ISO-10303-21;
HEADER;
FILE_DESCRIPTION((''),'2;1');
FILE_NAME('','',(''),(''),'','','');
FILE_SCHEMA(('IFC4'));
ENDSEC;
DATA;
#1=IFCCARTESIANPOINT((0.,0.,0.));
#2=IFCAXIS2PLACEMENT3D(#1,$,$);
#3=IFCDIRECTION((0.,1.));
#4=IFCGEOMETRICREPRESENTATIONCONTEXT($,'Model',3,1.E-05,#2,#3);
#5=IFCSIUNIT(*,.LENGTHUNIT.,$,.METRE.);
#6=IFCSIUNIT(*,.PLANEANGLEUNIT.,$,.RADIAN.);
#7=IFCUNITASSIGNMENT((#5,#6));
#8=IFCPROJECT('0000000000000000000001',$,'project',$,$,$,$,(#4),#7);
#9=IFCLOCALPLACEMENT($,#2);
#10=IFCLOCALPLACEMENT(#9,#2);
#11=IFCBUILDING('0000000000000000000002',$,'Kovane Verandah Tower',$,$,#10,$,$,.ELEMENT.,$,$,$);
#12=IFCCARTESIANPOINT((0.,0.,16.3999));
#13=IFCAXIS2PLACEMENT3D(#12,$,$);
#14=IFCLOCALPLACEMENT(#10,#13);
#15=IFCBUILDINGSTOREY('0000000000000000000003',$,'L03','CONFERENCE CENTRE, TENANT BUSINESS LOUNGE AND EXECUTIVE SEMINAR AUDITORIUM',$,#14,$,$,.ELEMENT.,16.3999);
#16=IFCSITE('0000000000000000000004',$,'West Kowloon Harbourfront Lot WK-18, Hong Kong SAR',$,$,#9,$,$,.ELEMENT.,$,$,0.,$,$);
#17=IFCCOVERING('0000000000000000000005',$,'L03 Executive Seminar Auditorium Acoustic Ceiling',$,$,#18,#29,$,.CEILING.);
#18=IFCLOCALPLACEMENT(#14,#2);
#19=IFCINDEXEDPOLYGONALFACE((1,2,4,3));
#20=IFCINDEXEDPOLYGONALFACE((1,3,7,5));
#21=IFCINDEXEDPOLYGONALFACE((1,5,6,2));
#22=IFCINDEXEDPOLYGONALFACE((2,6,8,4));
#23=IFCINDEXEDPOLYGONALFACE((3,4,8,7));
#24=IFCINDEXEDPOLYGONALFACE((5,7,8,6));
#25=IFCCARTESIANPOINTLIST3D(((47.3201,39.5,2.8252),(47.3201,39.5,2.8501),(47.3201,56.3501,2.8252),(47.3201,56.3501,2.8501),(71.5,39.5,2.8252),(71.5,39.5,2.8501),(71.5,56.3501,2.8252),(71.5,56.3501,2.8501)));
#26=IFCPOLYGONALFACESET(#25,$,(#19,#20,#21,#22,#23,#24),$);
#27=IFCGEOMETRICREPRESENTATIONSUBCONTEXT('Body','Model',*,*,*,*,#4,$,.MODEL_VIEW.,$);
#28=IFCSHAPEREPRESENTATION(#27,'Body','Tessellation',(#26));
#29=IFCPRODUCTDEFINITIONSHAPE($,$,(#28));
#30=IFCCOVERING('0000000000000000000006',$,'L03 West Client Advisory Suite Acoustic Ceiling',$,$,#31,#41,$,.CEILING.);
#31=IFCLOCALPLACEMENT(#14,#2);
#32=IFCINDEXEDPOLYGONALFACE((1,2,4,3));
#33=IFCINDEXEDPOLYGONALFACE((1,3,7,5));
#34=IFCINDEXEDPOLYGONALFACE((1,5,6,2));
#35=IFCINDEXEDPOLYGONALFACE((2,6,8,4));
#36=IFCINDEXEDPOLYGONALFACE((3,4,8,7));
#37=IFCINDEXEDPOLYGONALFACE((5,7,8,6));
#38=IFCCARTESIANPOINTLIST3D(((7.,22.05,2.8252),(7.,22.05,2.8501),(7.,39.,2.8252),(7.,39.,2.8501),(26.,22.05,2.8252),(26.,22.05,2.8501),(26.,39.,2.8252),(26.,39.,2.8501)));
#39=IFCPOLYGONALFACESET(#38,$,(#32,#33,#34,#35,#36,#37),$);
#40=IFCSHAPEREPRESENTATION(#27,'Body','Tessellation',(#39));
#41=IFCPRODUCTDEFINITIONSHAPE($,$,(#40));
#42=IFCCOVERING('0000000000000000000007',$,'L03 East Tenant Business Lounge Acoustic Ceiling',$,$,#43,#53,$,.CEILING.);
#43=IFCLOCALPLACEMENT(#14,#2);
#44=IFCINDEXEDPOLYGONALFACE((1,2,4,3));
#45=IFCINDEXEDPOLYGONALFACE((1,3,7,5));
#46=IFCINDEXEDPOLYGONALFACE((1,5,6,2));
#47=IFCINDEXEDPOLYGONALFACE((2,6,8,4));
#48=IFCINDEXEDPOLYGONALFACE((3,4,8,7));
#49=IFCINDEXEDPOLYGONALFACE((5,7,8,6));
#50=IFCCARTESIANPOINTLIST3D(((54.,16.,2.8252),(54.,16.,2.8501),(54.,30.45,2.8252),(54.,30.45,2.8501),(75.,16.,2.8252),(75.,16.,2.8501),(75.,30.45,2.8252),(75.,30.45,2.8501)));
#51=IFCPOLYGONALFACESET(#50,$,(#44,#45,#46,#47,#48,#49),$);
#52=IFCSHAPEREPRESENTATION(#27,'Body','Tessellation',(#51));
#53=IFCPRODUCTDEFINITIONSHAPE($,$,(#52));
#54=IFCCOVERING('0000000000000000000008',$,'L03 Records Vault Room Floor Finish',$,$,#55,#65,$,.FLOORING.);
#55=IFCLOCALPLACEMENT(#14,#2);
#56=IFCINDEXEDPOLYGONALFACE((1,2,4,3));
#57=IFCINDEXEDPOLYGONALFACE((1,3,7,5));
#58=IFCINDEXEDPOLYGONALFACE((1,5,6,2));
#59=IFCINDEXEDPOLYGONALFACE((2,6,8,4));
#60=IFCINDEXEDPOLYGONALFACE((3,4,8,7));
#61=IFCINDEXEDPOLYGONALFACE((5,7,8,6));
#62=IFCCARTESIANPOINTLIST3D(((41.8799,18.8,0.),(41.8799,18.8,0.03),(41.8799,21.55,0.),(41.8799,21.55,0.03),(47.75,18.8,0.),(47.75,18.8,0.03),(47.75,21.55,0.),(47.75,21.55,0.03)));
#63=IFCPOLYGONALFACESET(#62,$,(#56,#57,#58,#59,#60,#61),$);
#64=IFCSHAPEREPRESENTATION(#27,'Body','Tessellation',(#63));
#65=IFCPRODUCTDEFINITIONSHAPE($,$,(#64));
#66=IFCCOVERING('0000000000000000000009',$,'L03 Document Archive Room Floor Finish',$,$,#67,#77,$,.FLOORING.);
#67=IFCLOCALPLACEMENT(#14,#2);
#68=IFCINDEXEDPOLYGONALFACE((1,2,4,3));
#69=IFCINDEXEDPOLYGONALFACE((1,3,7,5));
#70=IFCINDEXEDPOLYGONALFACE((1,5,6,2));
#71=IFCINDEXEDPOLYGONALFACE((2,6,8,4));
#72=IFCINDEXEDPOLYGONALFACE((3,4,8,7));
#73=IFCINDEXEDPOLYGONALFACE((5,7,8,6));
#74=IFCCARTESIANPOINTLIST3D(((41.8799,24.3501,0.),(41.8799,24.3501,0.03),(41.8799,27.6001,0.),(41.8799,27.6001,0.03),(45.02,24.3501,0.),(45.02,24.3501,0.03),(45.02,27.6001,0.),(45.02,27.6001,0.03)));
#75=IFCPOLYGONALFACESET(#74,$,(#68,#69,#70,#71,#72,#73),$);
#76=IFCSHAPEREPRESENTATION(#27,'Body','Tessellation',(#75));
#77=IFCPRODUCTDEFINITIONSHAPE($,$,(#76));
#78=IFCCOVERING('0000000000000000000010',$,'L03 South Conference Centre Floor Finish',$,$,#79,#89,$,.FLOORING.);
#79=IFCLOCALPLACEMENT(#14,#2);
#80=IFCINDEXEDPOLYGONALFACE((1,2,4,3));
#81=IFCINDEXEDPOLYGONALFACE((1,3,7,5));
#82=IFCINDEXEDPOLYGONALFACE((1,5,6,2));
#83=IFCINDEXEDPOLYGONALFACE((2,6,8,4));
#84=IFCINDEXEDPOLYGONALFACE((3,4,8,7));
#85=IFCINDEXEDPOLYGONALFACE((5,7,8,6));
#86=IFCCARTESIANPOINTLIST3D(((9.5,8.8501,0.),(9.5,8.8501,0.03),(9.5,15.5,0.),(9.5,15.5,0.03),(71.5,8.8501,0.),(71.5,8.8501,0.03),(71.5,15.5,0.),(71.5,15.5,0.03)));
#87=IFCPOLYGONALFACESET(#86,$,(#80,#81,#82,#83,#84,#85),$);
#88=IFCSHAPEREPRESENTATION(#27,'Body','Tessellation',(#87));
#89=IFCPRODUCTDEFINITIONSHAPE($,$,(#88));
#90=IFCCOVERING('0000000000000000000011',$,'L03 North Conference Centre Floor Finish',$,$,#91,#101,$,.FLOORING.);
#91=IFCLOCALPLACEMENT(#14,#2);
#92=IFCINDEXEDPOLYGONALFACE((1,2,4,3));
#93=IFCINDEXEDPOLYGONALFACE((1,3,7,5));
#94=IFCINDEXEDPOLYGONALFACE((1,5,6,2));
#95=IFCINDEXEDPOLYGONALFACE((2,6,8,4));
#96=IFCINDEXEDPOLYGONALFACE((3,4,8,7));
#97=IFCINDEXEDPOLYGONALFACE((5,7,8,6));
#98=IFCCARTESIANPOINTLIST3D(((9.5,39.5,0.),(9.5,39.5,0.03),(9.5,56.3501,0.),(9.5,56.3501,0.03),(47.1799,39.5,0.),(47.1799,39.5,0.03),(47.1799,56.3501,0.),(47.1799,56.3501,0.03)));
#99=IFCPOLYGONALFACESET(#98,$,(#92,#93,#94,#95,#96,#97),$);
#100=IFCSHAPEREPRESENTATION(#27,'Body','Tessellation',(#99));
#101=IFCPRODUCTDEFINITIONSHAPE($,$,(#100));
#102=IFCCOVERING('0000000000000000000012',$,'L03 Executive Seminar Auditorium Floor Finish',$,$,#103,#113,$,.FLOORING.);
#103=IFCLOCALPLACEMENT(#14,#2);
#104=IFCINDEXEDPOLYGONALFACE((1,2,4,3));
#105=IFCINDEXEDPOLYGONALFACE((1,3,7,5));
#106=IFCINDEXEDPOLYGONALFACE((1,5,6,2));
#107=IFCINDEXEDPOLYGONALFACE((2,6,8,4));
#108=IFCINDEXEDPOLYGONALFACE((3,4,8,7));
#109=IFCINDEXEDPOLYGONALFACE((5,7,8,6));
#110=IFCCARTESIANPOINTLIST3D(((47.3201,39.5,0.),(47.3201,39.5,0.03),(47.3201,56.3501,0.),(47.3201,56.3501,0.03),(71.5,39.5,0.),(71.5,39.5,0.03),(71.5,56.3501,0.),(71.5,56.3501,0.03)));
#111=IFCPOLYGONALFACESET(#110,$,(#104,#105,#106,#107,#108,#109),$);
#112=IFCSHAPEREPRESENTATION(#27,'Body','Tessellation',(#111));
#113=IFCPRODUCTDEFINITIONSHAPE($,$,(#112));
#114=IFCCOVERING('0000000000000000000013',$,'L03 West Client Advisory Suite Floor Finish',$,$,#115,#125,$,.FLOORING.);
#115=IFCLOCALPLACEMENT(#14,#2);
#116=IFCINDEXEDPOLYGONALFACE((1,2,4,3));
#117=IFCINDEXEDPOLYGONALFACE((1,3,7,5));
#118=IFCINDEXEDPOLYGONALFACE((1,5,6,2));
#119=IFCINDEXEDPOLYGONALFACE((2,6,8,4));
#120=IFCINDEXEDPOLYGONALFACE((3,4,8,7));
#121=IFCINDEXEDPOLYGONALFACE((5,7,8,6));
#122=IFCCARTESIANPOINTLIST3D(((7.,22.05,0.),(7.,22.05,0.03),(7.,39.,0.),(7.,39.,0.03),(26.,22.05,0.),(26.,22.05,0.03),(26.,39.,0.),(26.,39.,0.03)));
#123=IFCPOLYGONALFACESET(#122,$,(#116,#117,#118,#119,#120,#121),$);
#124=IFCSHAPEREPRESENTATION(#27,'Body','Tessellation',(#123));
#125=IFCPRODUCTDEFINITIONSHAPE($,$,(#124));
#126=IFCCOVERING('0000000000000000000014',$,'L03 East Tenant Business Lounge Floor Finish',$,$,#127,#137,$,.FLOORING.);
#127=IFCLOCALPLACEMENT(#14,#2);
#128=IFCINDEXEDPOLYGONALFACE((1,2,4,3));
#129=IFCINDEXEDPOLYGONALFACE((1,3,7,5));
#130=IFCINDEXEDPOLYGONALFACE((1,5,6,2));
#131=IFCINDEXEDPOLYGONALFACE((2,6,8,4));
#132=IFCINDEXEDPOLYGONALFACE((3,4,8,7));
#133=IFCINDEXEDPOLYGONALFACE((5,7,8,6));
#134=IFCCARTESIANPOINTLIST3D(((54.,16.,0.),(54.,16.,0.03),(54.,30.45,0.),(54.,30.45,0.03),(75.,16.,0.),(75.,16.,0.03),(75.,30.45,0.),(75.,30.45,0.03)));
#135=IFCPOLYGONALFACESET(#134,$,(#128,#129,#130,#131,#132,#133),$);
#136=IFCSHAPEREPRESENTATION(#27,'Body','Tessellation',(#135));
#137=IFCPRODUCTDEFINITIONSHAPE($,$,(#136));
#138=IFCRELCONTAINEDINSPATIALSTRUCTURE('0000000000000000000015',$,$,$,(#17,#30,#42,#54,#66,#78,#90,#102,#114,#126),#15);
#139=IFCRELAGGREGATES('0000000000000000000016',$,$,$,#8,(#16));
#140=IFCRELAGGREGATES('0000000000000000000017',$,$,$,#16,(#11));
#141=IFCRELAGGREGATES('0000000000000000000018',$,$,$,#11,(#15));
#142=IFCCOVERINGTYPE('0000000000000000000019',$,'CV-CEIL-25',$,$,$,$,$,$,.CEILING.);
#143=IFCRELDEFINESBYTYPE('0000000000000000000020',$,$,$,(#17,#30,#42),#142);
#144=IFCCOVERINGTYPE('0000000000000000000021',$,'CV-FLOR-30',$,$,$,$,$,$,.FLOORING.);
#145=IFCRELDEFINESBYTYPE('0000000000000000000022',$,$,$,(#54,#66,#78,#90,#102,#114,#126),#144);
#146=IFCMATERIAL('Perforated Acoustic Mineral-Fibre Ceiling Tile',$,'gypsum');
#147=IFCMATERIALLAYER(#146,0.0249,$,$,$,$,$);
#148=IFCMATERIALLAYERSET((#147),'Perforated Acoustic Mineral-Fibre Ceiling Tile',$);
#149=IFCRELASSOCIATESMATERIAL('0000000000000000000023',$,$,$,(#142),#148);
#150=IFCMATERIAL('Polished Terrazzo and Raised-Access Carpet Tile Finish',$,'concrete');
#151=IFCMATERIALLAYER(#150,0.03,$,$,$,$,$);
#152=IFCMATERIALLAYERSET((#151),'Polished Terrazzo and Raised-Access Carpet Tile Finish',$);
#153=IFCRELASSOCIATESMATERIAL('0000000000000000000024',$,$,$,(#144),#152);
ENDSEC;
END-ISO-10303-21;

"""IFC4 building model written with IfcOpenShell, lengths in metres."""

from ifc_helpers import new_model, si_unit, direction, frame, origin, place, context, subcontext, project, spatial, polyline, outline, extrude, material, layer, layer_set, type_object, element, save


model = new_model("IFC4")

# Units and contexts
model_context = context("Model", 3, precision=1e-05, world=origin(), true_north=direction((0.0, 1.0)))
body_context = subcontext(model_context, "Body", "Model", "MODEL_VIEW")
ifc_project = project(units=[si_unit("LENGTHUNIT", "METRE"), si_unit("PLANEANGLEUNIT", "RADIAN")], contexts=[model_context])

# Site, building, storey
site_placement = place(None, origin())
site = spatial("IfcSite", under=ifc_project, at=site_placement, Name="West Kowloon Harbourfront Lot WK-18, Hong Kong SAR", CompositionType="ELEMENT", RefElevation=0.0)
building_placement = place(site_placement, origin())
building = spatial("IfcBuilding", under=site, at=building_placement, Name="Kovane Verandah Tower", CompositionType="ELEMENT")
storey_placement = place(building_placement, frame((0.0, 0.0, 16.3999)))
storey = spatial("IfcBuildingStorey", under=building, at=storey_placement, Name="L03", Description="CONFERENCE CENTRE, TENANT BUSINESS LOUNGE AND EXECUTIVE SEMINAR AUDITORIUM", CompositionType="ELEMENT", Elevation=16.3999)

# Coverings
ifc_material_1 = material(Name="Perforated Acoustic Mineral-Fibre Ceiling Tile", Category="gypsum")
ifc_layer_1 = layer(ifc_material_1, 0.0249)
ifc_layer_set_1 = layer_set([ifc_layer_1], Name="Perforated Acoustic Mineral-Fibre Ceiling Tile")
covering_type_1 = type_object("IfcCoveringType", Name="CV-CEIL-25", PredefinedType="CEILING", material=ifc_layer_set_1)
covering_1_placement = place(storey_placement, frame((0.0, 0.0, 2.8252)))
element("IfcCovering", 1, at=covering_1_placement, inside=storey, type_object=covering_type_1, Name="L03 Executive Seminar Auditorium Acoustic Ceiling", PredefinedType="CEILING", context=body_context, shape_type="SweptSolid", body=[
    extrude(outline(polyline([(47.3201, 39.5), (71.5, 39.5), (71.5, 56.3501), (47.3201, 56.3501), (47.3201, 39.5)])), origin(), (0.0, 0.0, 1.0), 0.0249),
])
covering_2_placement = place(storey_placement, frame((0.0, 0.0, 2.8252)))
element("IfcCovering", 2, at=covering_2_placement, inside=storey, type_object=covering_type_1, Name="L03 West Client Advisory Suite Acoustic Ceiling", PredefinedType="CEILING", context=body_context, shape_type="SweptSolid", body=[
    extrude(outline(polyline([(7.0, 22.05), (26.0, 22.05), (26.0, 39.0), (7.0, 39.0), (7.0, 22.05)])), origin(), (0.0, 0.0, 1.0), 0.0249),
])
covering_3_placement = place(storey_placement, frame((0.0, 0.0, 2.8252)))
element("IfcCovering", 3, at=covering_3_placement, inside=storey, type_object=covering_type_1, Name="L03 East Tenant Business Lounge Acoustic Ceiling", PredefinedType="CEILING", context=body_context, shape_type="SweptSolid", body=[
    extrude(outline(polyline([(54.0, 16.0), (75.0, 16.0), (75.0, 30.45), (54.0, 30.45), (54.0, 16.0)])), origin(), (0.0, 0.0, 1.0), 0.0249),
])
ifc_material_2 = material(Name="Polished Terrazzo and Raised-Access Carpet Tile Finish", Category="concrete")
ifc_layer_2 = layer(ifc_material_2, 0.03)
ifc_layer_set_2 = layer_set([ifc_layer_2], Name="Polished Terrazzo and Raised-Access Carpet Tile Finish")
covering_type_2 = type_object("IfcCoveringType", Name="CV-FLOR-30", PredefinedType="FLOORING", material=ifc_layer_set_2)
covering_4_placement = place(storey_placement, origin())
element("IfcCovering", 4, at=covering_4_placement, inside=storey, type_object=covering_type_2, Name="L03 Records Vault Room Floor Finish", PredefinedType="FLOORING", context=body_context, shape_type="SweptSolid", body=[
    extrude(outline(polyline([(41.8799, 18.8), (47.75, 18.8), (47.75, 21.55), (41.8799, 21.55), (41.8799, 18.8)])), origin(), (0.0, 0.0, 1.0), 0.03),
])
covering_5_placement = place(storey_placement, origin())
element("IfcCovering", 5, at=covering_5_placement, inside=storey, type_object=covering_type_2, Name="L03 Document Archive Room Floor Finish", PredefinedType="FLOORING", context=body_context, shape_type="SweptSolid", body=[
    extrude(outline(polyline([(41.8799, 24.3501), (45.02, 24.3501), (45.02, 27.6001), (41.8799, 27.6001), (41.8799, 24.3501)])), origin(), (0.0, 0.0, 1.0), 0.03),
])
covering_6_placement = place(storey_placement, origin())
element("IfcCovering", 6, at=covering_6_placement, inside=storey, type_object=covering_type_2, Name="L03 South Conference Centre Floor Finish", PredefinedType="FLOORING", context=body_context, shape_type="SweptSolid", body=[
    extrude(outline(polyline([(9.5, 8.8501), (71.5, 8.8501), (71.5, 15.5), (9.5, 15.5), (9.5, 8.8501)])), origin(), (0.0, 0.0, 1.0), 0.03),
])
covering_7_placement = place(storey_placement, origin())
element("IfcCovering", 7, at=covering_7_placement, inside=storey, type_object=covering_type_2, Name="L03 North Conference Centre Floor Finish", PredefinedType="FLOORING", context=body_context, shape_type="SweptSolid", body=[
    extrude(outline(polyline([(9.5, 39.5), (47.1799, 39.5), (47.1799, 56.3501), (9.5, 56.3501), (9.5, 39.5)])), origin(), (0.0, 0.0, 1.0), 0.03),
])
covering_8_placement = place(storey_placement, origin())
element("IfcCovering", 8, at=covering_8_placement, inside=storey, type_object=covering_type_2, Name="L03 Executive Seminar Auditorium Floor Finish", PredefinedType="FLOORING", context=body_context, shape_type="SweptSolid", body=[
    extrude(outline(polyline([(47.3201, 39.5), (71.5, 39.5), (71.5, 56.3501), (47.3201, 56.3501), (47.3201, 39.5)])), origin(), (0.0, 0.0, 1.0), 0.03),
])
covering_9_placement = place(storey_placement, origin())
element("IfcCovering", 9, at=covering_9_placement, inside=storey, type_object=covering_type_2, Name="L03 West Client Advisory Suite Floor Finish", PredefinedType="FLOORING", context=body_context, shape_type="SweptSolid", body=[
    extrude(outline(polyline([(7.0, 22.05), (26.0, 22.05), (26.0, 39.0), (7.0, 39.0), (7.0, 22.05)])), origin(), (0.0, 0.0, 1.0), 0.03),
])
covering_10_placement = place(storey_placement, origin())
element("IfcCovering", 10, at=covering_10_placement, inside=storey, type_object=covering_type_2, Name="L03 East Tenant Business Lounge Floor Finish", PredefinedType="FLOORING", context=body_context, shape_type="SweptSolid", body=[
    extrude(outline(polyline([(54.0, 16.0), (75.0, 16.0), (75.0, 30.45), (54.0, 30.45), (54.0, 16.0)])), origin(), (0.0, 0.0, 1.0), 0.03),
])

save(model, "model.ifc")
